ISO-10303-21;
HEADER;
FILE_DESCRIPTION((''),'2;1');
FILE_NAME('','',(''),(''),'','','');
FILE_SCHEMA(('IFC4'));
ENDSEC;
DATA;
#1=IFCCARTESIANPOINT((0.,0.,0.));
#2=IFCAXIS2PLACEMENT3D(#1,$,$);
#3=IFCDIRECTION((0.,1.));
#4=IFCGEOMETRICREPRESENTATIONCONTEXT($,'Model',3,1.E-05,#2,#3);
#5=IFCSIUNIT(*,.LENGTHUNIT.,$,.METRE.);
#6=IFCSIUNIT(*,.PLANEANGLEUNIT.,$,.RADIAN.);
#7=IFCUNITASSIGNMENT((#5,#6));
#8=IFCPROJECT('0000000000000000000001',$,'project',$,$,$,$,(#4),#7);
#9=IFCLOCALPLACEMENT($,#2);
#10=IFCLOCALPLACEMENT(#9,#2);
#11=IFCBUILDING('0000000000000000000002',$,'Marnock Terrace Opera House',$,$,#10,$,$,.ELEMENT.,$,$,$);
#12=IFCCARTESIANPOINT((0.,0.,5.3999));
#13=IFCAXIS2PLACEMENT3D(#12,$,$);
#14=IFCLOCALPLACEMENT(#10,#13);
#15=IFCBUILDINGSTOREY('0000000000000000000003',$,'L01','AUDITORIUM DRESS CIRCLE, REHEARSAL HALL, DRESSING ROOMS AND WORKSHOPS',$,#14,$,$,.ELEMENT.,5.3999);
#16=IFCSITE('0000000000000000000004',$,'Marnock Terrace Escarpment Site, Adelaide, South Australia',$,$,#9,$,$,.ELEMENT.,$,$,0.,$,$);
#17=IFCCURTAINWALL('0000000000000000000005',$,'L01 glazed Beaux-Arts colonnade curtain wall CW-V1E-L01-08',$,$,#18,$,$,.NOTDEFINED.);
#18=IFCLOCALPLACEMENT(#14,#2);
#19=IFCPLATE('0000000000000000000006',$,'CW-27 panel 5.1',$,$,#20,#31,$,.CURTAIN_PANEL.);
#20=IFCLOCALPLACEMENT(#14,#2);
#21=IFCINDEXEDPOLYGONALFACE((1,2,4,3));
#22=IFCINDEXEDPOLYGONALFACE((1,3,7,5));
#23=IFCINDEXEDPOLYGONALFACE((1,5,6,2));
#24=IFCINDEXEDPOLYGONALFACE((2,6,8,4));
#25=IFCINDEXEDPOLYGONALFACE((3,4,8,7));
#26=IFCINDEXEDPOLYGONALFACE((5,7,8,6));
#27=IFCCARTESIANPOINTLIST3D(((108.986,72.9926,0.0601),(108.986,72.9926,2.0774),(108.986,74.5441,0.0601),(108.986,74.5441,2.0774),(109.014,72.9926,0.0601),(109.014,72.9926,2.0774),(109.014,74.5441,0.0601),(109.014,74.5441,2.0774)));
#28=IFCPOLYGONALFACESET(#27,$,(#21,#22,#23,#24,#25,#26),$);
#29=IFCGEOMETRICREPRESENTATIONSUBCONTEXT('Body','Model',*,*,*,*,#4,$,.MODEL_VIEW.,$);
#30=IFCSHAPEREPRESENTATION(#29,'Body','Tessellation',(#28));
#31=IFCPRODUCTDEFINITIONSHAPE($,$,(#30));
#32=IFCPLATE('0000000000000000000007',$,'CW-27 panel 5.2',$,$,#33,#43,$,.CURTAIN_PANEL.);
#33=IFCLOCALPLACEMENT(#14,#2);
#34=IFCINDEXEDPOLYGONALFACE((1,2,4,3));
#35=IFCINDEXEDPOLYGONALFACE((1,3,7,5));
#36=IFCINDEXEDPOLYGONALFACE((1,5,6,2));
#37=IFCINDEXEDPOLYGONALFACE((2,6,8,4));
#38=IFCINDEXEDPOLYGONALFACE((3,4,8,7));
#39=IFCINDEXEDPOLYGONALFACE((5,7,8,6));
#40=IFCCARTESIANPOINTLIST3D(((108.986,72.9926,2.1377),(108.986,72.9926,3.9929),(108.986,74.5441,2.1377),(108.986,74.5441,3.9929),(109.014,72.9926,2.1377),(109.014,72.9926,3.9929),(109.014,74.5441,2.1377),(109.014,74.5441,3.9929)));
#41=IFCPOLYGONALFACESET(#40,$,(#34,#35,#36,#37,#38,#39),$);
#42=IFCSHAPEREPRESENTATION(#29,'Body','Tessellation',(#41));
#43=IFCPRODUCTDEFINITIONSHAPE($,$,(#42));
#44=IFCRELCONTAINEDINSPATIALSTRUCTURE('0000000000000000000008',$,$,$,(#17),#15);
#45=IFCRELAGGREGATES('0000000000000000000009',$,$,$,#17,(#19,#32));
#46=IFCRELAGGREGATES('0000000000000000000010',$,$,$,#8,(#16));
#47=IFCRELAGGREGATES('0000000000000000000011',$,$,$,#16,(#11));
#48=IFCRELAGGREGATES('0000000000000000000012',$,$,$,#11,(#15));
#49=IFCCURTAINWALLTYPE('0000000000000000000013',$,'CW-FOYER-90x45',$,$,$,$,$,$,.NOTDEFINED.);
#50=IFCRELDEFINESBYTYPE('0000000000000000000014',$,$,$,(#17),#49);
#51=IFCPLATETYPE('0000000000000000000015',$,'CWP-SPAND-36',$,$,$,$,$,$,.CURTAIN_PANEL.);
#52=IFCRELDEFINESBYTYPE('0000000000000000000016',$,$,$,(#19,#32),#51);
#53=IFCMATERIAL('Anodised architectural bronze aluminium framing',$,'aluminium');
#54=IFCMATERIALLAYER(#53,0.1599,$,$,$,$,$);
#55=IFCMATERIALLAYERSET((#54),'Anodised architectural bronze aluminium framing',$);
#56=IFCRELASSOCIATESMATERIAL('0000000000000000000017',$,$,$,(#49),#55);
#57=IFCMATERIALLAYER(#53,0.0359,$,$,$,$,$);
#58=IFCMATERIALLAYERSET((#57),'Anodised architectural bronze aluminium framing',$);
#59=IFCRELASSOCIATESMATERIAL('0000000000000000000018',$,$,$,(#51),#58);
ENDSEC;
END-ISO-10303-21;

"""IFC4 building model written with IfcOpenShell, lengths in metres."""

from ifc_helpers import new_model, si_unit, direction, frame, origin, origin_2d, place, context, subcontext, project, spatial, rectangle, extrude, material, layer, layer_set, type_object, element, aggregate, save


model = new_model("IFC4")

# Units and contexts
model_context = context("Model", 3, precision=1e-05, world=origin(), true_north=direction((0.0, 1.0)))
body_context = subcontext(model_context, "Body", "Model", "MODEL_VIEW")
ifc_project = project(units=[si_unit("LENGTHUNIT", "METRE"), si_unit("PLANEANGLEUNIT", "RADIAN")], contexts=[model_context])

# Site, building, storey
site_placement = place(None, origin())
site = spatial("IfcSite", under=ifc_project, at=site_placement, Name="Marnock Terrace Escarpment Site, Adelaide, South Australia", CompositionType="ELEMENT", RefElevation=0.0)
building_placement = place(site_placement, origin())
building = spatial("IfcBuilding", under=site, at=building_placement, Name="Marnock Terrace Opera House", CompositionType="ELEMENT")
storey_placement = place(building_placement, frame((0.0, 0.0, 5.3999)))
storey = spatial("IfcBuildingStorey", under=building, at=storey_placement, Name="L01", Description="AUDITORIUM DRESS CIRCLE, REHEARSAL HALL, DRESSING ROOMS AND WORKSHOPS", CompositionType="ELEMENT", Elevation=5.3999)

# Curtain wall
ifc_material_1 = material(Name="Anodised architectural bronze aluminium framing", Category="aluminium")
ifc_layer_1 = layer(ifc_material_1, 0.1599)
ifc_layer_set_1 = layer_set([ifc_layer_1], Name="Anodised architectural bronze aluminium framing")
curtain_wall_type_1 = type_object("IfcCurtainWallType", Name="CW-FOYER-90x45", PredefinedType="NOTDEFINED", material=ifc_layer_set_1)
curtain_wall_1_placement = place(storey_placement, origin())
curtain_wall_1 = element("IfcCurtainWall", 1, at=curtain_wall_1_placement, inside=storey, type_object=curtain_wall_type_1, Name="L01 glazed Beaux-Arts colonnade curtain wall CW-V1E-L01-08", PredefinedType="NOTDEFINED")

# Plates
ifc_layer_2 = layer(ifc_material_1, 0.0359)
ifc_layer_set_2 = layer_set([ifc_layer_2], Name="Anodised architectural bronze aluminium framing")
plate_type_1 = type_object("IfcPlateType", Name="CWP-SPAND-36", PredefinedType="CURTAIN_PANEL", material=ifc_layer_set_2)
plate_1_placement = place(storey_placement, frame((109.0, 73.7683, 0.0601), z_axis=(0.0, 0.0, 1.0), x_axis=(0.0, 1.0, 0.0)))
plate_1 = element("IfcPlate", 2, at=plate_1_placement, type_object=plate_type_1, Name="CW-27 panel 5.1", PredefinedType="CURTAIN_PANEL", context=body_context, shape_type="SweptSolid", body=[
    extrude(rectangle(XDim=1.5515, YDim=0.0281, at=origin_2d()), origin(), (0.0, 0.0, 1.0), 2.0173),
])
plate_2_placement = place(storey_placement, frame((109.0, 73.7683, 2.1377), z_axis=(0.0, 0.0, 1.0), x_axis=(0.0, 1.0, 0.0)))
plate_2 = element("IfcPlate", 3, at=plate_2_placement, type_object=plate_type_1, Name="CW-27 panel 5.2", PredefinedType="CURTAIN_PANEL", context=body_context, shape_type="SweptSolid", body=[
    extrude(rectangle(XDim=1.5515, YDim=0.0281, at=origin_2d()), origin(), (0.0, 0.0, 1.0), 1.8552),
])
aggregate(curtain_wall_1, [plate_1, plate_2])

save(model, "model.ifc")
